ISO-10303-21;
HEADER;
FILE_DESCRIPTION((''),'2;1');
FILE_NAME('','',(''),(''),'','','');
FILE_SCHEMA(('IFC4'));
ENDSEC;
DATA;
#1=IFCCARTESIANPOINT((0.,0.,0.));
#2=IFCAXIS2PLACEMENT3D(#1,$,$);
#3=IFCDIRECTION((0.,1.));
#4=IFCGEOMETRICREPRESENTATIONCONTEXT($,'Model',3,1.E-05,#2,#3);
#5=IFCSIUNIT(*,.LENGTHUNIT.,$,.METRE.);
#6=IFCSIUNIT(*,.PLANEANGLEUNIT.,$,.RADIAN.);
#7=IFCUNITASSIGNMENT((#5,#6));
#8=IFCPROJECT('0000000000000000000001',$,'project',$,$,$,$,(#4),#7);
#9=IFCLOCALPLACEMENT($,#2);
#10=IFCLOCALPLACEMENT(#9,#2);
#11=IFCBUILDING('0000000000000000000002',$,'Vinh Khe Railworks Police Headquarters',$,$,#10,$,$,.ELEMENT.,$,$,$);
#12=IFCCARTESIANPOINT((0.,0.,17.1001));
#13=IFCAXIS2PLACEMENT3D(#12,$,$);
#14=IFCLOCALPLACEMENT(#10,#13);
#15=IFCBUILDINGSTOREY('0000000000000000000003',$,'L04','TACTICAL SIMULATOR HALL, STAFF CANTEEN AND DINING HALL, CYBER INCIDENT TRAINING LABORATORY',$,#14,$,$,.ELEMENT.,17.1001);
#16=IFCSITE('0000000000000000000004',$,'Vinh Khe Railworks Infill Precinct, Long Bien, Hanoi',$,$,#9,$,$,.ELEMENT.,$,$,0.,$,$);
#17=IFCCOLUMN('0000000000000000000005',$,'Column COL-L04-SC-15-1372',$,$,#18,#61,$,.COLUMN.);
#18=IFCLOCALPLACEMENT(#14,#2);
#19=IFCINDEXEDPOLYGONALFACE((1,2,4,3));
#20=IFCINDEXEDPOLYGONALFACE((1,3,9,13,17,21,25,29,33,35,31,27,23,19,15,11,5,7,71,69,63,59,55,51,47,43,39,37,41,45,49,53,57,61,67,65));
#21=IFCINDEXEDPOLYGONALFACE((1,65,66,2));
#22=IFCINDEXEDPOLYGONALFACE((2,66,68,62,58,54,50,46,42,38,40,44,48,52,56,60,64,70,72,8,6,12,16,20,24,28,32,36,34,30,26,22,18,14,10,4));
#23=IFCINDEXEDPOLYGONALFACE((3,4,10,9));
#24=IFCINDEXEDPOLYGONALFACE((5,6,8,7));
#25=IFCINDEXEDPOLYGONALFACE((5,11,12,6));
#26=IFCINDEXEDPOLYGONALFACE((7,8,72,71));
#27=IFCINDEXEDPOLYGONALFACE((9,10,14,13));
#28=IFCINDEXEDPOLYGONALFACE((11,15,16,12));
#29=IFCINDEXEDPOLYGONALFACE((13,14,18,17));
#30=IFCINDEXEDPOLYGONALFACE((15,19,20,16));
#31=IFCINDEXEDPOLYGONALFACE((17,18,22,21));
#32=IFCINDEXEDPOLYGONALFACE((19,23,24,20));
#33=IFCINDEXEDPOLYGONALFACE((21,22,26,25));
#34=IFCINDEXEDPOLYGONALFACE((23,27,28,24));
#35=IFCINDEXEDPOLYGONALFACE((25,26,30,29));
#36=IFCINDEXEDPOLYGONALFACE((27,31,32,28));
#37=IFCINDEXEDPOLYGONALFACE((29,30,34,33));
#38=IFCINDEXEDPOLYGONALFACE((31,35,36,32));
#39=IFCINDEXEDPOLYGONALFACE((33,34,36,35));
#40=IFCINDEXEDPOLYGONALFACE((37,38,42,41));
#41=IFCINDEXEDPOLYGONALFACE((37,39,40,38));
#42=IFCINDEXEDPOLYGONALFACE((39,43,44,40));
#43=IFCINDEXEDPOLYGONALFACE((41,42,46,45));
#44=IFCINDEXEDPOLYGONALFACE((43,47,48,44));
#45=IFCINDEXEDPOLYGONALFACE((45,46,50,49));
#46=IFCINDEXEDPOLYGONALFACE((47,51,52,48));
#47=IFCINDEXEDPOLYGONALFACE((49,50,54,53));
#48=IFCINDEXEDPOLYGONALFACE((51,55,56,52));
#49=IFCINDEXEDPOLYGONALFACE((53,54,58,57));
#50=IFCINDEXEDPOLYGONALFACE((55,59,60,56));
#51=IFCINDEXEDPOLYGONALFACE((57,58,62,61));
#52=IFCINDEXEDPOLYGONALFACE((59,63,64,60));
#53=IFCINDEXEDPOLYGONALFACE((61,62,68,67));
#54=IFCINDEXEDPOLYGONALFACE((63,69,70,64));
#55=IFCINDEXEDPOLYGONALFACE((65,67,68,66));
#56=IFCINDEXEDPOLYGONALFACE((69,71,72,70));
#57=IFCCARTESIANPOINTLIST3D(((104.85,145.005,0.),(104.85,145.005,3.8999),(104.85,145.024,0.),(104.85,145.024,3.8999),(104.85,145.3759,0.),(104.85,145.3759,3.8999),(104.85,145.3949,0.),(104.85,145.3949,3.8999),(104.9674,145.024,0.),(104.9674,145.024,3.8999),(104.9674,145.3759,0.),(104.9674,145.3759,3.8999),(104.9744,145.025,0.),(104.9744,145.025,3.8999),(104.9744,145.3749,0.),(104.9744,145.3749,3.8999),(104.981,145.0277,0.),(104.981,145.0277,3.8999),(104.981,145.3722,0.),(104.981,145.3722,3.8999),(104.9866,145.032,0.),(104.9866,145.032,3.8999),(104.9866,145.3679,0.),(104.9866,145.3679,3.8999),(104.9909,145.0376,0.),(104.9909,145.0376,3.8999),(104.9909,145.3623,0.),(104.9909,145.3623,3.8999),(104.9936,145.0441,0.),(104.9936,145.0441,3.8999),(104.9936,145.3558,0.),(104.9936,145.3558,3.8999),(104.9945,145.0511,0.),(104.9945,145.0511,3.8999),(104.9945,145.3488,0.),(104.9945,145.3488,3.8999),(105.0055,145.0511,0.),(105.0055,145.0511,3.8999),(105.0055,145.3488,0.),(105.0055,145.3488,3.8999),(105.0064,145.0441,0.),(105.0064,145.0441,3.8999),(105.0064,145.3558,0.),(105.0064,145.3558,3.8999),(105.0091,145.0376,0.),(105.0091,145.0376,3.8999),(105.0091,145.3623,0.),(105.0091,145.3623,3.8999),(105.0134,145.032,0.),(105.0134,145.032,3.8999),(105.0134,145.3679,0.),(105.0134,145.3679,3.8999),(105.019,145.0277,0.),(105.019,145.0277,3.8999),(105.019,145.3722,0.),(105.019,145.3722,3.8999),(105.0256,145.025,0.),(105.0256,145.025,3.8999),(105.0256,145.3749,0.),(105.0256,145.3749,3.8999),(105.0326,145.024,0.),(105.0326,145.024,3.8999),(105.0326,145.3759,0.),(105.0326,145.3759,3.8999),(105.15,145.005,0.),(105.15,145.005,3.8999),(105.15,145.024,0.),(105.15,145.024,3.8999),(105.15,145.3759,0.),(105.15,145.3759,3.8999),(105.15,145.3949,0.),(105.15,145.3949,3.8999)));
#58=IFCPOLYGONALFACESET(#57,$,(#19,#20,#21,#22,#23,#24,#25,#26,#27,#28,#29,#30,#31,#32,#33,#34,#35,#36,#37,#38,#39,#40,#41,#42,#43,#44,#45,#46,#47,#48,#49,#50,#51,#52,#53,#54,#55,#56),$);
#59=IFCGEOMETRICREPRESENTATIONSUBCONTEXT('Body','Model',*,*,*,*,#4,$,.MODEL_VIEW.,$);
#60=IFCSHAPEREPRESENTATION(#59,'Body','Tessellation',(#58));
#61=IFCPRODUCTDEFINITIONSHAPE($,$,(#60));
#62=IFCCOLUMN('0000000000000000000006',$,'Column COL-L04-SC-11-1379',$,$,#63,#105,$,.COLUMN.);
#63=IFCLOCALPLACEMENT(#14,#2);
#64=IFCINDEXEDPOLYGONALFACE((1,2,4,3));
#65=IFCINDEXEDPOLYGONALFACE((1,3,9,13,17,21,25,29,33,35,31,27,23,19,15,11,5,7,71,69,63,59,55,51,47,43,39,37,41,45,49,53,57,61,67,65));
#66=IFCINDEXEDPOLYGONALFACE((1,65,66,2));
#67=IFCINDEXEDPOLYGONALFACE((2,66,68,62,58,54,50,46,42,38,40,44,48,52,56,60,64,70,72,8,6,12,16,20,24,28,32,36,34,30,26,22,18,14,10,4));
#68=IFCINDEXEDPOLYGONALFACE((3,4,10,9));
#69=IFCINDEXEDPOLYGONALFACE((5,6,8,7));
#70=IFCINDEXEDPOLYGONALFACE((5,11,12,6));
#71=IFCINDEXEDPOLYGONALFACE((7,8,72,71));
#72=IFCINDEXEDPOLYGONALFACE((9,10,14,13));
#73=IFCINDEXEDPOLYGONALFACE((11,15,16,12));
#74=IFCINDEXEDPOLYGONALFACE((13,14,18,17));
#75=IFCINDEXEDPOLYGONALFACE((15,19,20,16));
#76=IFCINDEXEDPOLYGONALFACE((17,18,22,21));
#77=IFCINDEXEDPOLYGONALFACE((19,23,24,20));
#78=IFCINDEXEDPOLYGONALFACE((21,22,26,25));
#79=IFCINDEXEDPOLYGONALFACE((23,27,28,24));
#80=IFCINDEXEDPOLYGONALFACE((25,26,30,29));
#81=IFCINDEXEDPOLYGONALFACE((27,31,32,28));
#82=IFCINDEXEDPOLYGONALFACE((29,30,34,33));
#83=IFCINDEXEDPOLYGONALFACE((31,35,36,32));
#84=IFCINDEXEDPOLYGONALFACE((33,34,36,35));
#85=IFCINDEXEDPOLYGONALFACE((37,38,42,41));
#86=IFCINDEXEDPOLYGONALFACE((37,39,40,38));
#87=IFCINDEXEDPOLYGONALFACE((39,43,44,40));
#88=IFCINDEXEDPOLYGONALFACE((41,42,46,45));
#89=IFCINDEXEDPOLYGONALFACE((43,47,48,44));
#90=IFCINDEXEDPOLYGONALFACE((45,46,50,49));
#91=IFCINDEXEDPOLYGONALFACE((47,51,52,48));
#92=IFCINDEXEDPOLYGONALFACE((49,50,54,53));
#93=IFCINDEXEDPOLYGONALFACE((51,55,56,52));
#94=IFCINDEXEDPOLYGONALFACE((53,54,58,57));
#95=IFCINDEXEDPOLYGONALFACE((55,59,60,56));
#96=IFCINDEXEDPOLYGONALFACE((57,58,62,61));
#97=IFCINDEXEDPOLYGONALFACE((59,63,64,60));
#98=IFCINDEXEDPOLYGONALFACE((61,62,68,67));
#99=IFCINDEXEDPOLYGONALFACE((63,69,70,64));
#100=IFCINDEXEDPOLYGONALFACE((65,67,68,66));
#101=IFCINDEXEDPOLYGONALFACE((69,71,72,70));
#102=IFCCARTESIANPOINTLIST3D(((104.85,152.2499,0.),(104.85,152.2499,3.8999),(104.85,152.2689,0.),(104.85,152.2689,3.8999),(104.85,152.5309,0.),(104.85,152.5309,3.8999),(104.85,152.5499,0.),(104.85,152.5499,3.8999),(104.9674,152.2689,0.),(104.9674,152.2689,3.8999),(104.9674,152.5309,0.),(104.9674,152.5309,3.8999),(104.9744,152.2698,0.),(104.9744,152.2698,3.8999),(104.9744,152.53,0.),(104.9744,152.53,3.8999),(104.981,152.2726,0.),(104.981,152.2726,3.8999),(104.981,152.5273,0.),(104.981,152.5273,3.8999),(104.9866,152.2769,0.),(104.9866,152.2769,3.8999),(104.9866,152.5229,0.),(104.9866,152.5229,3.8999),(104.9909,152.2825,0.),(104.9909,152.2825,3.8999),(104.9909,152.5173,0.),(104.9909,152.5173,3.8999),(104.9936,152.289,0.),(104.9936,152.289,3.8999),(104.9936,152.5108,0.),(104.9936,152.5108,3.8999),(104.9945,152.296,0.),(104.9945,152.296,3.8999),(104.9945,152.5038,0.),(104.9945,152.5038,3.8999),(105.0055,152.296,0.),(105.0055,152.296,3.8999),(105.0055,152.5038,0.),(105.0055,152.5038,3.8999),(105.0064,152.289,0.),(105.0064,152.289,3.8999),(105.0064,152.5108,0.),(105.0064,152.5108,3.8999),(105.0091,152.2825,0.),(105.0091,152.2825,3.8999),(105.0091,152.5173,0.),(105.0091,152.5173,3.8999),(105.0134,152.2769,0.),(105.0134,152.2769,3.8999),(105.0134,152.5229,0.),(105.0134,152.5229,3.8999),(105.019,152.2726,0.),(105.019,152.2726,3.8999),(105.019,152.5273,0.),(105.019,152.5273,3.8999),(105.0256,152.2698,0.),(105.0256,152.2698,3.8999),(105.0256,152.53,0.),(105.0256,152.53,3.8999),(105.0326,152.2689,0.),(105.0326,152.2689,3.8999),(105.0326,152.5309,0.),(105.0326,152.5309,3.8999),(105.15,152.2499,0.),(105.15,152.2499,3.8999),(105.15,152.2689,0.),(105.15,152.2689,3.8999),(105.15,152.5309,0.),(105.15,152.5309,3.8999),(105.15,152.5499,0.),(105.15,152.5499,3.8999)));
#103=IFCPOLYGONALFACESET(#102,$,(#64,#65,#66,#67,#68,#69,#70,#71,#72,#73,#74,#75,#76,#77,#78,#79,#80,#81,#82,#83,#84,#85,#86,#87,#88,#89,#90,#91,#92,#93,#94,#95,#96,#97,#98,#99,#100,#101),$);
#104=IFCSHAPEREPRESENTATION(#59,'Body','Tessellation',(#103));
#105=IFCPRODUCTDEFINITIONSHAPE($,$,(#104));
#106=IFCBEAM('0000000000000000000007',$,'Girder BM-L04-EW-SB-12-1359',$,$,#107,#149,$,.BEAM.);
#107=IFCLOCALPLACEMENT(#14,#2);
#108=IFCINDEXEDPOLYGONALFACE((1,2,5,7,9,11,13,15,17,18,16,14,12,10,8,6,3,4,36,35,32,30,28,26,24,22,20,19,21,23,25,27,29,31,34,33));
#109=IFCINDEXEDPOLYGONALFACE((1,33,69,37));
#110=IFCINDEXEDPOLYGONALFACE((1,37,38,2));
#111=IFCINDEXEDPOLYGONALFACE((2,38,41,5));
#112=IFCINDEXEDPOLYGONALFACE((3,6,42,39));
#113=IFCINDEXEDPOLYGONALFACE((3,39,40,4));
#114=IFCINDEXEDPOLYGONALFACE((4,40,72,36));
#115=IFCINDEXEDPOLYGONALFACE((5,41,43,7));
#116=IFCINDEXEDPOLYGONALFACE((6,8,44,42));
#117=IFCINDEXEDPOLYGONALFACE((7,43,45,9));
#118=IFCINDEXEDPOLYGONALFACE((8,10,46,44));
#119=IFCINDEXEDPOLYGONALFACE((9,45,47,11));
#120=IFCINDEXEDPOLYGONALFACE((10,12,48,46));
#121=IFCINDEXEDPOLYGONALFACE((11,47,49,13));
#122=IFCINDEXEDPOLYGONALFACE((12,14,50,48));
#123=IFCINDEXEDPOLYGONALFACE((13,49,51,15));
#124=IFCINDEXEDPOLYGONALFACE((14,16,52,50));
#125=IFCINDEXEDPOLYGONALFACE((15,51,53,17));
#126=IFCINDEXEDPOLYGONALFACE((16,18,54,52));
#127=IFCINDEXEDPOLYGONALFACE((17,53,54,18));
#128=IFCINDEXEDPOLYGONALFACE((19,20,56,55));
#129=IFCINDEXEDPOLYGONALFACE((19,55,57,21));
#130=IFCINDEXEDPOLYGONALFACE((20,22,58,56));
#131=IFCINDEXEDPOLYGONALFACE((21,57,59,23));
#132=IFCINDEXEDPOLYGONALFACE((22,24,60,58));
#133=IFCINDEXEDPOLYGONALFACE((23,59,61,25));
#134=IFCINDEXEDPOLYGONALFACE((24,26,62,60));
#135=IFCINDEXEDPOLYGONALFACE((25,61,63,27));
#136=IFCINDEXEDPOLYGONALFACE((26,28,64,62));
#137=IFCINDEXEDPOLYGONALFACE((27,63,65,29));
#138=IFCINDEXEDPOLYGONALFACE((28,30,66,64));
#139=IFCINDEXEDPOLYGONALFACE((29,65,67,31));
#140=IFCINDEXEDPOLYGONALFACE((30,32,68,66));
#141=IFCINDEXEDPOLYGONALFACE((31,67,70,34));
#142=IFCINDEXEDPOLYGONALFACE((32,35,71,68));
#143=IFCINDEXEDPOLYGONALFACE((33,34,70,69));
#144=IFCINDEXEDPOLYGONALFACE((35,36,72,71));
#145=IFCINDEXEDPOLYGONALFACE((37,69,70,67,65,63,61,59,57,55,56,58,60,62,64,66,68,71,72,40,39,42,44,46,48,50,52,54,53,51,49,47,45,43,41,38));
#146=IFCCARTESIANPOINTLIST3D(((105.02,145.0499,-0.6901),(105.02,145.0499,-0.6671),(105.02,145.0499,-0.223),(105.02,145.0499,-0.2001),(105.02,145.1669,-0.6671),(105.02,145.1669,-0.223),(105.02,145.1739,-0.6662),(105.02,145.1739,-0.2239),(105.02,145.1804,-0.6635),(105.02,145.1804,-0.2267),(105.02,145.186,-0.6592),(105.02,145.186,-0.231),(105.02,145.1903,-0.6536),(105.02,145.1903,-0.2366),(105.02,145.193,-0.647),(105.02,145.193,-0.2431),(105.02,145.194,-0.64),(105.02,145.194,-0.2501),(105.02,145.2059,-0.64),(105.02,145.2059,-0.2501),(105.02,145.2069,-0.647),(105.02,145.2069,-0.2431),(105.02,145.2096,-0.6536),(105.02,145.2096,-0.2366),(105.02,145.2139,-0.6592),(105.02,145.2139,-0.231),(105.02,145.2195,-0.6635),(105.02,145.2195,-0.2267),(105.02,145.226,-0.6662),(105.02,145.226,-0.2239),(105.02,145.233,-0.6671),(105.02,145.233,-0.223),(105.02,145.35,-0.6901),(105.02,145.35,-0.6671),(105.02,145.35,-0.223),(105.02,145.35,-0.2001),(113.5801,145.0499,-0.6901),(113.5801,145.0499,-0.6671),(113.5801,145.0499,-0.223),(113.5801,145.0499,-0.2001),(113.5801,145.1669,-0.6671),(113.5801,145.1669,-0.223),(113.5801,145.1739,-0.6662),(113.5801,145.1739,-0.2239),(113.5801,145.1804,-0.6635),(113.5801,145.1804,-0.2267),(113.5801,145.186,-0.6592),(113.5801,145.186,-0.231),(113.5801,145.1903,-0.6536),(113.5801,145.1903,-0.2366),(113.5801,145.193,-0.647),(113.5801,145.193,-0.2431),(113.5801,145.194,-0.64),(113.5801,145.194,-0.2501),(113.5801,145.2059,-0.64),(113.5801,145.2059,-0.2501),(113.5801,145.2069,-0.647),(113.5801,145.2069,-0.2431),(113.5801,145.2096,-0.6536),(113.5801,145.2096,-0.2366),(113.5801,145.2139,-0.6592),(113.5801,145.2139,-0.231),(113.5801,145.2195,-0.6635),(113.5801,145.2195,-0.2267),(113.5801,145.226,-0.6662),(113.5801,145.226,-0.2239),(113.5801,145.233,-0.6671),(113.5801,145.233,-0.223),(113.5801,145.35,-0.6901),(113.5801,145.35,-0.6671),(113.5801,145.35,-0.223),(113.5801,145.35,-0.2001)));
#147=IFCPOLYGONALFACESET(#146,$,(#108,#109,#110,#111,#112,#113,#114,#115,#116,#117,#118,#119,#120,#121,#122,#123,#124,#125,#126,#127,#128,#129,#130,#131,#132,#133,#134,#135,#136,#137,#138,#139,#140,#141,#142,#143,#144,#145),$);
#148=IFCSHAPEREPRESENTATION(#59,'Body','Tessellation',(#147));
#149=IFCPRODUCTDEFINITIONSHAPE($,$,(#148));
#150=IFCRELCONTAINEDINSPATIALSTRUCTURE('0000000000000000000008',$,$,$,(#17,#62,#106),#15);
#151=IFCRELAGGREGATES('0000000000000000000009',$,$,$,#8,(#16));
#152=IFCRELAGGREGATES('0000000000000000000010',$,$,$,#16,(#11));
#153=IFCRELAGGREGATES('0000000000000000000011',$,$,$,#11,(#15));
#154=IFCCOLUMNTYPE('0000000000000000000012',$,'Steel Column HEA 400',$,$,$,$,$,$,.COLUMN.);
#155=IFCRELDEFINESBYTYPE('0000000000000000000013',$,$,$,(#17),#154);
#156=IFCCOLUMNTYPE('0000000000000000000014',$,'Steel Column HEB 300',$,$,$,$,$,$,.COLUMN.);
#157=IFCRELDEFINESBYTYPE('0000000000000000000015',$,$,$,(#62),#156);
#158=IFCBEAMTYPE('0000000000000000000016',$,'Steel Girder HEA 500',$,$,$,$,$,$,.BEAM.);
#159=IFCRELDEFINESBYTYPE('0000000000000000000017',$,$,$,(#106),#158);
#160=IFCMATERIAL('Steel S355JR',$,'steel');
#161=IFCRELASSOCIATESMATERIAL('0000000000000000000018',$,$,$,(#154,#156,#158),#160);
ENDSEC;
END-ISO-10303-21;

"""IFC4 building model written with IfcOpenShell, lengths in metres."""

from ifc_helpers import new_model, si_unit, direction, frame, origin, origin_2d, place, context, subcontext, project, spatial, i_section, extrude, material, material_profile, profile_set, type_object, element, save


model = new_model("IFC4")

# Units and contexts
model_context = context("Model", 3, precision=1e-05, world=origin(), true_north=direction((0.0, 1.0)))
body_context = subcontext(model_context, "Body", "Model", "MODEL_VIEW")
ifc_project = project(units=[si_unit("LENGTHUNIT", "METRE"), si_unit("PLANEANGLEUNIT", "RADIAN")], contexts=[model_context])

# Site, building, storey
site_placement = place(None, origin())
site = spatial("IfcSite", under=ifc_project, at=site_placement, Name="Vinh Khe Railworks Infill Precinct, Long Bien, Hanoi", CompositionType="ELEMENT", RefElevation=0.0)
building_placement = place(site_placement, origin())
building = spatial("IfcBuilding", under=site, at=building_placement, Name="Vinh Khe Railworks Police Headquarters", CompositionType="ELEMENT")
storey_placement = place(building_placement, frame((0.0, 0.0, 17.1001)))
storey = spatial("IfcBuildingStorey", under=building, at=storey_placement, Name="L04", Description="TACTICAL SIMULATOR HALL, STAFF CANTEEN AND DINING HALL, CYBER INCIDENT TRAINING LABORATORY", CompositionType="ELEMENT", Elevation=17.1001)

# Columns
ifc_material_1 = material(Name="Steel S355JR", Category="steel")
ifc_material_profile_1 = material_profile(ifc_material_1, i_section(OverallWidth=0.3, OverallDepth=0.3899, WebThickness=0.011, FlangeThickness=0.019, FilletRadius=0.0271, at=origin_2d()), Name="HEA 400")
ifc_profile_set_1 = profile_set([ifc_material_profile_1], Name="Steel S355JR")
column_type_1 = type_object("IfcColumnType", Name="Steel Column HEA 400", PredefinedType="COLUMN", material=ifc_profile_set_1)
column_1_placement = place(storey_placement, frame((105.0, 145.2, 0.0), z_axis=(0.0, 0.0, 1.0), x_axis=(1.0, 0.0, 0.0)))
element("IfcColumn", 1, at=column_1_placement, inside=storey, type_object=column_type_1, Name="Column COL-L04-SC-15-1372", PredefinedType="COLUMN", context=body_context, shape_type="SweptSolid", body=[
    extrude(i_section(OverallWidth=0.3, OverallDepth=0.3899, WebThickness=0.011, FlangeThickness=0.019, FilletRadius=0.0271, at=origin_2d()), origin(), (0.0, 0.0, 1.0), 3.8999),
])
ifc_material_profile_2 = material_profile(ifc_material_1, i_section(OverallWidth=0.3, OverallDepth=0.3, WebThickness=0.011, FlangeThickness=0.019, FilletRadius=0.0271, at=origin_2d()), Name="HEB 300")
ifc_profile_set_2 = profile_set([ifc_material_profile_2], Name="Steel S355JR")
column_type_2 = type_object("IfcColumnType", Name="Steel Column HEB 300", PredefinedType="COLUMN", material=ifc_profile_set_2)
column_2_placement = place(storey_placement, frame((105.0, 152.3999, 0.0), z_axis=(0.0, 0.0, 1.0), x_axis=(1.0, 0.0, 0.0)))
element("IfcColumn", 2, at=column_2_placement, inside=storey, type_object=column_type_2, Name="Column COL-L04-SC-11-1379", PredefinedType="COLUMN", context=body_context, shape_type="SweptSolid", body=[
    extrude(i_section(OverallWidth=0.3, OverallDepth=0.3, WebThickness=0.011, FlangeThickness=0.019, FilletRadius=0.0271, at=origin_2d()), origin(), (0.0, 0.0, 1.0), 3.8999),
])

# Beam
ifc_material_profile_3 = material_profile(ifc_material_1, i_section(OverallWidth=0.3, OverallDepth=0.49, WebThickness=0.012, FlangeThickness=0.0229, FilletRadius=0.0271, at=origin_2d()), Name="HEA 500")
ifc_profile_set_3 = profile_set([ifc_material_profile_3], Name="Steel S355JR")
beam_type_1 = type_object("IfcBeamType", Name="Steel Girder HEA 500", PredefinedType="BEAM", material=ifc_profile_set_3)
beam_1_placement = place(storey_placement, frame((105.02, 145.2, -0.4451), z_axis=(1.0, 0.0, 0.0), x_axis=(0.0, 1.0, 0.0)))
element("IfcBeam", 3, at=beam_1_placement, inside=storey, type_object=beam_type_1, Name="Girder BM-L04-EW-SB-12-1359", PredefinedType="BEAM", context=body_context, shape_type="SweptSolid", body=[
    extrude(i_section(OverallWidth=0.3, OverallDepth=0.49, WebThickness=0.012, FlangeThickness=0.0229, FilletRadius=0.0271, at=origin_2d()), origin(), (0.0, 0.0, 1.0), 8.5601),
])

save(model, "model.ifc")
